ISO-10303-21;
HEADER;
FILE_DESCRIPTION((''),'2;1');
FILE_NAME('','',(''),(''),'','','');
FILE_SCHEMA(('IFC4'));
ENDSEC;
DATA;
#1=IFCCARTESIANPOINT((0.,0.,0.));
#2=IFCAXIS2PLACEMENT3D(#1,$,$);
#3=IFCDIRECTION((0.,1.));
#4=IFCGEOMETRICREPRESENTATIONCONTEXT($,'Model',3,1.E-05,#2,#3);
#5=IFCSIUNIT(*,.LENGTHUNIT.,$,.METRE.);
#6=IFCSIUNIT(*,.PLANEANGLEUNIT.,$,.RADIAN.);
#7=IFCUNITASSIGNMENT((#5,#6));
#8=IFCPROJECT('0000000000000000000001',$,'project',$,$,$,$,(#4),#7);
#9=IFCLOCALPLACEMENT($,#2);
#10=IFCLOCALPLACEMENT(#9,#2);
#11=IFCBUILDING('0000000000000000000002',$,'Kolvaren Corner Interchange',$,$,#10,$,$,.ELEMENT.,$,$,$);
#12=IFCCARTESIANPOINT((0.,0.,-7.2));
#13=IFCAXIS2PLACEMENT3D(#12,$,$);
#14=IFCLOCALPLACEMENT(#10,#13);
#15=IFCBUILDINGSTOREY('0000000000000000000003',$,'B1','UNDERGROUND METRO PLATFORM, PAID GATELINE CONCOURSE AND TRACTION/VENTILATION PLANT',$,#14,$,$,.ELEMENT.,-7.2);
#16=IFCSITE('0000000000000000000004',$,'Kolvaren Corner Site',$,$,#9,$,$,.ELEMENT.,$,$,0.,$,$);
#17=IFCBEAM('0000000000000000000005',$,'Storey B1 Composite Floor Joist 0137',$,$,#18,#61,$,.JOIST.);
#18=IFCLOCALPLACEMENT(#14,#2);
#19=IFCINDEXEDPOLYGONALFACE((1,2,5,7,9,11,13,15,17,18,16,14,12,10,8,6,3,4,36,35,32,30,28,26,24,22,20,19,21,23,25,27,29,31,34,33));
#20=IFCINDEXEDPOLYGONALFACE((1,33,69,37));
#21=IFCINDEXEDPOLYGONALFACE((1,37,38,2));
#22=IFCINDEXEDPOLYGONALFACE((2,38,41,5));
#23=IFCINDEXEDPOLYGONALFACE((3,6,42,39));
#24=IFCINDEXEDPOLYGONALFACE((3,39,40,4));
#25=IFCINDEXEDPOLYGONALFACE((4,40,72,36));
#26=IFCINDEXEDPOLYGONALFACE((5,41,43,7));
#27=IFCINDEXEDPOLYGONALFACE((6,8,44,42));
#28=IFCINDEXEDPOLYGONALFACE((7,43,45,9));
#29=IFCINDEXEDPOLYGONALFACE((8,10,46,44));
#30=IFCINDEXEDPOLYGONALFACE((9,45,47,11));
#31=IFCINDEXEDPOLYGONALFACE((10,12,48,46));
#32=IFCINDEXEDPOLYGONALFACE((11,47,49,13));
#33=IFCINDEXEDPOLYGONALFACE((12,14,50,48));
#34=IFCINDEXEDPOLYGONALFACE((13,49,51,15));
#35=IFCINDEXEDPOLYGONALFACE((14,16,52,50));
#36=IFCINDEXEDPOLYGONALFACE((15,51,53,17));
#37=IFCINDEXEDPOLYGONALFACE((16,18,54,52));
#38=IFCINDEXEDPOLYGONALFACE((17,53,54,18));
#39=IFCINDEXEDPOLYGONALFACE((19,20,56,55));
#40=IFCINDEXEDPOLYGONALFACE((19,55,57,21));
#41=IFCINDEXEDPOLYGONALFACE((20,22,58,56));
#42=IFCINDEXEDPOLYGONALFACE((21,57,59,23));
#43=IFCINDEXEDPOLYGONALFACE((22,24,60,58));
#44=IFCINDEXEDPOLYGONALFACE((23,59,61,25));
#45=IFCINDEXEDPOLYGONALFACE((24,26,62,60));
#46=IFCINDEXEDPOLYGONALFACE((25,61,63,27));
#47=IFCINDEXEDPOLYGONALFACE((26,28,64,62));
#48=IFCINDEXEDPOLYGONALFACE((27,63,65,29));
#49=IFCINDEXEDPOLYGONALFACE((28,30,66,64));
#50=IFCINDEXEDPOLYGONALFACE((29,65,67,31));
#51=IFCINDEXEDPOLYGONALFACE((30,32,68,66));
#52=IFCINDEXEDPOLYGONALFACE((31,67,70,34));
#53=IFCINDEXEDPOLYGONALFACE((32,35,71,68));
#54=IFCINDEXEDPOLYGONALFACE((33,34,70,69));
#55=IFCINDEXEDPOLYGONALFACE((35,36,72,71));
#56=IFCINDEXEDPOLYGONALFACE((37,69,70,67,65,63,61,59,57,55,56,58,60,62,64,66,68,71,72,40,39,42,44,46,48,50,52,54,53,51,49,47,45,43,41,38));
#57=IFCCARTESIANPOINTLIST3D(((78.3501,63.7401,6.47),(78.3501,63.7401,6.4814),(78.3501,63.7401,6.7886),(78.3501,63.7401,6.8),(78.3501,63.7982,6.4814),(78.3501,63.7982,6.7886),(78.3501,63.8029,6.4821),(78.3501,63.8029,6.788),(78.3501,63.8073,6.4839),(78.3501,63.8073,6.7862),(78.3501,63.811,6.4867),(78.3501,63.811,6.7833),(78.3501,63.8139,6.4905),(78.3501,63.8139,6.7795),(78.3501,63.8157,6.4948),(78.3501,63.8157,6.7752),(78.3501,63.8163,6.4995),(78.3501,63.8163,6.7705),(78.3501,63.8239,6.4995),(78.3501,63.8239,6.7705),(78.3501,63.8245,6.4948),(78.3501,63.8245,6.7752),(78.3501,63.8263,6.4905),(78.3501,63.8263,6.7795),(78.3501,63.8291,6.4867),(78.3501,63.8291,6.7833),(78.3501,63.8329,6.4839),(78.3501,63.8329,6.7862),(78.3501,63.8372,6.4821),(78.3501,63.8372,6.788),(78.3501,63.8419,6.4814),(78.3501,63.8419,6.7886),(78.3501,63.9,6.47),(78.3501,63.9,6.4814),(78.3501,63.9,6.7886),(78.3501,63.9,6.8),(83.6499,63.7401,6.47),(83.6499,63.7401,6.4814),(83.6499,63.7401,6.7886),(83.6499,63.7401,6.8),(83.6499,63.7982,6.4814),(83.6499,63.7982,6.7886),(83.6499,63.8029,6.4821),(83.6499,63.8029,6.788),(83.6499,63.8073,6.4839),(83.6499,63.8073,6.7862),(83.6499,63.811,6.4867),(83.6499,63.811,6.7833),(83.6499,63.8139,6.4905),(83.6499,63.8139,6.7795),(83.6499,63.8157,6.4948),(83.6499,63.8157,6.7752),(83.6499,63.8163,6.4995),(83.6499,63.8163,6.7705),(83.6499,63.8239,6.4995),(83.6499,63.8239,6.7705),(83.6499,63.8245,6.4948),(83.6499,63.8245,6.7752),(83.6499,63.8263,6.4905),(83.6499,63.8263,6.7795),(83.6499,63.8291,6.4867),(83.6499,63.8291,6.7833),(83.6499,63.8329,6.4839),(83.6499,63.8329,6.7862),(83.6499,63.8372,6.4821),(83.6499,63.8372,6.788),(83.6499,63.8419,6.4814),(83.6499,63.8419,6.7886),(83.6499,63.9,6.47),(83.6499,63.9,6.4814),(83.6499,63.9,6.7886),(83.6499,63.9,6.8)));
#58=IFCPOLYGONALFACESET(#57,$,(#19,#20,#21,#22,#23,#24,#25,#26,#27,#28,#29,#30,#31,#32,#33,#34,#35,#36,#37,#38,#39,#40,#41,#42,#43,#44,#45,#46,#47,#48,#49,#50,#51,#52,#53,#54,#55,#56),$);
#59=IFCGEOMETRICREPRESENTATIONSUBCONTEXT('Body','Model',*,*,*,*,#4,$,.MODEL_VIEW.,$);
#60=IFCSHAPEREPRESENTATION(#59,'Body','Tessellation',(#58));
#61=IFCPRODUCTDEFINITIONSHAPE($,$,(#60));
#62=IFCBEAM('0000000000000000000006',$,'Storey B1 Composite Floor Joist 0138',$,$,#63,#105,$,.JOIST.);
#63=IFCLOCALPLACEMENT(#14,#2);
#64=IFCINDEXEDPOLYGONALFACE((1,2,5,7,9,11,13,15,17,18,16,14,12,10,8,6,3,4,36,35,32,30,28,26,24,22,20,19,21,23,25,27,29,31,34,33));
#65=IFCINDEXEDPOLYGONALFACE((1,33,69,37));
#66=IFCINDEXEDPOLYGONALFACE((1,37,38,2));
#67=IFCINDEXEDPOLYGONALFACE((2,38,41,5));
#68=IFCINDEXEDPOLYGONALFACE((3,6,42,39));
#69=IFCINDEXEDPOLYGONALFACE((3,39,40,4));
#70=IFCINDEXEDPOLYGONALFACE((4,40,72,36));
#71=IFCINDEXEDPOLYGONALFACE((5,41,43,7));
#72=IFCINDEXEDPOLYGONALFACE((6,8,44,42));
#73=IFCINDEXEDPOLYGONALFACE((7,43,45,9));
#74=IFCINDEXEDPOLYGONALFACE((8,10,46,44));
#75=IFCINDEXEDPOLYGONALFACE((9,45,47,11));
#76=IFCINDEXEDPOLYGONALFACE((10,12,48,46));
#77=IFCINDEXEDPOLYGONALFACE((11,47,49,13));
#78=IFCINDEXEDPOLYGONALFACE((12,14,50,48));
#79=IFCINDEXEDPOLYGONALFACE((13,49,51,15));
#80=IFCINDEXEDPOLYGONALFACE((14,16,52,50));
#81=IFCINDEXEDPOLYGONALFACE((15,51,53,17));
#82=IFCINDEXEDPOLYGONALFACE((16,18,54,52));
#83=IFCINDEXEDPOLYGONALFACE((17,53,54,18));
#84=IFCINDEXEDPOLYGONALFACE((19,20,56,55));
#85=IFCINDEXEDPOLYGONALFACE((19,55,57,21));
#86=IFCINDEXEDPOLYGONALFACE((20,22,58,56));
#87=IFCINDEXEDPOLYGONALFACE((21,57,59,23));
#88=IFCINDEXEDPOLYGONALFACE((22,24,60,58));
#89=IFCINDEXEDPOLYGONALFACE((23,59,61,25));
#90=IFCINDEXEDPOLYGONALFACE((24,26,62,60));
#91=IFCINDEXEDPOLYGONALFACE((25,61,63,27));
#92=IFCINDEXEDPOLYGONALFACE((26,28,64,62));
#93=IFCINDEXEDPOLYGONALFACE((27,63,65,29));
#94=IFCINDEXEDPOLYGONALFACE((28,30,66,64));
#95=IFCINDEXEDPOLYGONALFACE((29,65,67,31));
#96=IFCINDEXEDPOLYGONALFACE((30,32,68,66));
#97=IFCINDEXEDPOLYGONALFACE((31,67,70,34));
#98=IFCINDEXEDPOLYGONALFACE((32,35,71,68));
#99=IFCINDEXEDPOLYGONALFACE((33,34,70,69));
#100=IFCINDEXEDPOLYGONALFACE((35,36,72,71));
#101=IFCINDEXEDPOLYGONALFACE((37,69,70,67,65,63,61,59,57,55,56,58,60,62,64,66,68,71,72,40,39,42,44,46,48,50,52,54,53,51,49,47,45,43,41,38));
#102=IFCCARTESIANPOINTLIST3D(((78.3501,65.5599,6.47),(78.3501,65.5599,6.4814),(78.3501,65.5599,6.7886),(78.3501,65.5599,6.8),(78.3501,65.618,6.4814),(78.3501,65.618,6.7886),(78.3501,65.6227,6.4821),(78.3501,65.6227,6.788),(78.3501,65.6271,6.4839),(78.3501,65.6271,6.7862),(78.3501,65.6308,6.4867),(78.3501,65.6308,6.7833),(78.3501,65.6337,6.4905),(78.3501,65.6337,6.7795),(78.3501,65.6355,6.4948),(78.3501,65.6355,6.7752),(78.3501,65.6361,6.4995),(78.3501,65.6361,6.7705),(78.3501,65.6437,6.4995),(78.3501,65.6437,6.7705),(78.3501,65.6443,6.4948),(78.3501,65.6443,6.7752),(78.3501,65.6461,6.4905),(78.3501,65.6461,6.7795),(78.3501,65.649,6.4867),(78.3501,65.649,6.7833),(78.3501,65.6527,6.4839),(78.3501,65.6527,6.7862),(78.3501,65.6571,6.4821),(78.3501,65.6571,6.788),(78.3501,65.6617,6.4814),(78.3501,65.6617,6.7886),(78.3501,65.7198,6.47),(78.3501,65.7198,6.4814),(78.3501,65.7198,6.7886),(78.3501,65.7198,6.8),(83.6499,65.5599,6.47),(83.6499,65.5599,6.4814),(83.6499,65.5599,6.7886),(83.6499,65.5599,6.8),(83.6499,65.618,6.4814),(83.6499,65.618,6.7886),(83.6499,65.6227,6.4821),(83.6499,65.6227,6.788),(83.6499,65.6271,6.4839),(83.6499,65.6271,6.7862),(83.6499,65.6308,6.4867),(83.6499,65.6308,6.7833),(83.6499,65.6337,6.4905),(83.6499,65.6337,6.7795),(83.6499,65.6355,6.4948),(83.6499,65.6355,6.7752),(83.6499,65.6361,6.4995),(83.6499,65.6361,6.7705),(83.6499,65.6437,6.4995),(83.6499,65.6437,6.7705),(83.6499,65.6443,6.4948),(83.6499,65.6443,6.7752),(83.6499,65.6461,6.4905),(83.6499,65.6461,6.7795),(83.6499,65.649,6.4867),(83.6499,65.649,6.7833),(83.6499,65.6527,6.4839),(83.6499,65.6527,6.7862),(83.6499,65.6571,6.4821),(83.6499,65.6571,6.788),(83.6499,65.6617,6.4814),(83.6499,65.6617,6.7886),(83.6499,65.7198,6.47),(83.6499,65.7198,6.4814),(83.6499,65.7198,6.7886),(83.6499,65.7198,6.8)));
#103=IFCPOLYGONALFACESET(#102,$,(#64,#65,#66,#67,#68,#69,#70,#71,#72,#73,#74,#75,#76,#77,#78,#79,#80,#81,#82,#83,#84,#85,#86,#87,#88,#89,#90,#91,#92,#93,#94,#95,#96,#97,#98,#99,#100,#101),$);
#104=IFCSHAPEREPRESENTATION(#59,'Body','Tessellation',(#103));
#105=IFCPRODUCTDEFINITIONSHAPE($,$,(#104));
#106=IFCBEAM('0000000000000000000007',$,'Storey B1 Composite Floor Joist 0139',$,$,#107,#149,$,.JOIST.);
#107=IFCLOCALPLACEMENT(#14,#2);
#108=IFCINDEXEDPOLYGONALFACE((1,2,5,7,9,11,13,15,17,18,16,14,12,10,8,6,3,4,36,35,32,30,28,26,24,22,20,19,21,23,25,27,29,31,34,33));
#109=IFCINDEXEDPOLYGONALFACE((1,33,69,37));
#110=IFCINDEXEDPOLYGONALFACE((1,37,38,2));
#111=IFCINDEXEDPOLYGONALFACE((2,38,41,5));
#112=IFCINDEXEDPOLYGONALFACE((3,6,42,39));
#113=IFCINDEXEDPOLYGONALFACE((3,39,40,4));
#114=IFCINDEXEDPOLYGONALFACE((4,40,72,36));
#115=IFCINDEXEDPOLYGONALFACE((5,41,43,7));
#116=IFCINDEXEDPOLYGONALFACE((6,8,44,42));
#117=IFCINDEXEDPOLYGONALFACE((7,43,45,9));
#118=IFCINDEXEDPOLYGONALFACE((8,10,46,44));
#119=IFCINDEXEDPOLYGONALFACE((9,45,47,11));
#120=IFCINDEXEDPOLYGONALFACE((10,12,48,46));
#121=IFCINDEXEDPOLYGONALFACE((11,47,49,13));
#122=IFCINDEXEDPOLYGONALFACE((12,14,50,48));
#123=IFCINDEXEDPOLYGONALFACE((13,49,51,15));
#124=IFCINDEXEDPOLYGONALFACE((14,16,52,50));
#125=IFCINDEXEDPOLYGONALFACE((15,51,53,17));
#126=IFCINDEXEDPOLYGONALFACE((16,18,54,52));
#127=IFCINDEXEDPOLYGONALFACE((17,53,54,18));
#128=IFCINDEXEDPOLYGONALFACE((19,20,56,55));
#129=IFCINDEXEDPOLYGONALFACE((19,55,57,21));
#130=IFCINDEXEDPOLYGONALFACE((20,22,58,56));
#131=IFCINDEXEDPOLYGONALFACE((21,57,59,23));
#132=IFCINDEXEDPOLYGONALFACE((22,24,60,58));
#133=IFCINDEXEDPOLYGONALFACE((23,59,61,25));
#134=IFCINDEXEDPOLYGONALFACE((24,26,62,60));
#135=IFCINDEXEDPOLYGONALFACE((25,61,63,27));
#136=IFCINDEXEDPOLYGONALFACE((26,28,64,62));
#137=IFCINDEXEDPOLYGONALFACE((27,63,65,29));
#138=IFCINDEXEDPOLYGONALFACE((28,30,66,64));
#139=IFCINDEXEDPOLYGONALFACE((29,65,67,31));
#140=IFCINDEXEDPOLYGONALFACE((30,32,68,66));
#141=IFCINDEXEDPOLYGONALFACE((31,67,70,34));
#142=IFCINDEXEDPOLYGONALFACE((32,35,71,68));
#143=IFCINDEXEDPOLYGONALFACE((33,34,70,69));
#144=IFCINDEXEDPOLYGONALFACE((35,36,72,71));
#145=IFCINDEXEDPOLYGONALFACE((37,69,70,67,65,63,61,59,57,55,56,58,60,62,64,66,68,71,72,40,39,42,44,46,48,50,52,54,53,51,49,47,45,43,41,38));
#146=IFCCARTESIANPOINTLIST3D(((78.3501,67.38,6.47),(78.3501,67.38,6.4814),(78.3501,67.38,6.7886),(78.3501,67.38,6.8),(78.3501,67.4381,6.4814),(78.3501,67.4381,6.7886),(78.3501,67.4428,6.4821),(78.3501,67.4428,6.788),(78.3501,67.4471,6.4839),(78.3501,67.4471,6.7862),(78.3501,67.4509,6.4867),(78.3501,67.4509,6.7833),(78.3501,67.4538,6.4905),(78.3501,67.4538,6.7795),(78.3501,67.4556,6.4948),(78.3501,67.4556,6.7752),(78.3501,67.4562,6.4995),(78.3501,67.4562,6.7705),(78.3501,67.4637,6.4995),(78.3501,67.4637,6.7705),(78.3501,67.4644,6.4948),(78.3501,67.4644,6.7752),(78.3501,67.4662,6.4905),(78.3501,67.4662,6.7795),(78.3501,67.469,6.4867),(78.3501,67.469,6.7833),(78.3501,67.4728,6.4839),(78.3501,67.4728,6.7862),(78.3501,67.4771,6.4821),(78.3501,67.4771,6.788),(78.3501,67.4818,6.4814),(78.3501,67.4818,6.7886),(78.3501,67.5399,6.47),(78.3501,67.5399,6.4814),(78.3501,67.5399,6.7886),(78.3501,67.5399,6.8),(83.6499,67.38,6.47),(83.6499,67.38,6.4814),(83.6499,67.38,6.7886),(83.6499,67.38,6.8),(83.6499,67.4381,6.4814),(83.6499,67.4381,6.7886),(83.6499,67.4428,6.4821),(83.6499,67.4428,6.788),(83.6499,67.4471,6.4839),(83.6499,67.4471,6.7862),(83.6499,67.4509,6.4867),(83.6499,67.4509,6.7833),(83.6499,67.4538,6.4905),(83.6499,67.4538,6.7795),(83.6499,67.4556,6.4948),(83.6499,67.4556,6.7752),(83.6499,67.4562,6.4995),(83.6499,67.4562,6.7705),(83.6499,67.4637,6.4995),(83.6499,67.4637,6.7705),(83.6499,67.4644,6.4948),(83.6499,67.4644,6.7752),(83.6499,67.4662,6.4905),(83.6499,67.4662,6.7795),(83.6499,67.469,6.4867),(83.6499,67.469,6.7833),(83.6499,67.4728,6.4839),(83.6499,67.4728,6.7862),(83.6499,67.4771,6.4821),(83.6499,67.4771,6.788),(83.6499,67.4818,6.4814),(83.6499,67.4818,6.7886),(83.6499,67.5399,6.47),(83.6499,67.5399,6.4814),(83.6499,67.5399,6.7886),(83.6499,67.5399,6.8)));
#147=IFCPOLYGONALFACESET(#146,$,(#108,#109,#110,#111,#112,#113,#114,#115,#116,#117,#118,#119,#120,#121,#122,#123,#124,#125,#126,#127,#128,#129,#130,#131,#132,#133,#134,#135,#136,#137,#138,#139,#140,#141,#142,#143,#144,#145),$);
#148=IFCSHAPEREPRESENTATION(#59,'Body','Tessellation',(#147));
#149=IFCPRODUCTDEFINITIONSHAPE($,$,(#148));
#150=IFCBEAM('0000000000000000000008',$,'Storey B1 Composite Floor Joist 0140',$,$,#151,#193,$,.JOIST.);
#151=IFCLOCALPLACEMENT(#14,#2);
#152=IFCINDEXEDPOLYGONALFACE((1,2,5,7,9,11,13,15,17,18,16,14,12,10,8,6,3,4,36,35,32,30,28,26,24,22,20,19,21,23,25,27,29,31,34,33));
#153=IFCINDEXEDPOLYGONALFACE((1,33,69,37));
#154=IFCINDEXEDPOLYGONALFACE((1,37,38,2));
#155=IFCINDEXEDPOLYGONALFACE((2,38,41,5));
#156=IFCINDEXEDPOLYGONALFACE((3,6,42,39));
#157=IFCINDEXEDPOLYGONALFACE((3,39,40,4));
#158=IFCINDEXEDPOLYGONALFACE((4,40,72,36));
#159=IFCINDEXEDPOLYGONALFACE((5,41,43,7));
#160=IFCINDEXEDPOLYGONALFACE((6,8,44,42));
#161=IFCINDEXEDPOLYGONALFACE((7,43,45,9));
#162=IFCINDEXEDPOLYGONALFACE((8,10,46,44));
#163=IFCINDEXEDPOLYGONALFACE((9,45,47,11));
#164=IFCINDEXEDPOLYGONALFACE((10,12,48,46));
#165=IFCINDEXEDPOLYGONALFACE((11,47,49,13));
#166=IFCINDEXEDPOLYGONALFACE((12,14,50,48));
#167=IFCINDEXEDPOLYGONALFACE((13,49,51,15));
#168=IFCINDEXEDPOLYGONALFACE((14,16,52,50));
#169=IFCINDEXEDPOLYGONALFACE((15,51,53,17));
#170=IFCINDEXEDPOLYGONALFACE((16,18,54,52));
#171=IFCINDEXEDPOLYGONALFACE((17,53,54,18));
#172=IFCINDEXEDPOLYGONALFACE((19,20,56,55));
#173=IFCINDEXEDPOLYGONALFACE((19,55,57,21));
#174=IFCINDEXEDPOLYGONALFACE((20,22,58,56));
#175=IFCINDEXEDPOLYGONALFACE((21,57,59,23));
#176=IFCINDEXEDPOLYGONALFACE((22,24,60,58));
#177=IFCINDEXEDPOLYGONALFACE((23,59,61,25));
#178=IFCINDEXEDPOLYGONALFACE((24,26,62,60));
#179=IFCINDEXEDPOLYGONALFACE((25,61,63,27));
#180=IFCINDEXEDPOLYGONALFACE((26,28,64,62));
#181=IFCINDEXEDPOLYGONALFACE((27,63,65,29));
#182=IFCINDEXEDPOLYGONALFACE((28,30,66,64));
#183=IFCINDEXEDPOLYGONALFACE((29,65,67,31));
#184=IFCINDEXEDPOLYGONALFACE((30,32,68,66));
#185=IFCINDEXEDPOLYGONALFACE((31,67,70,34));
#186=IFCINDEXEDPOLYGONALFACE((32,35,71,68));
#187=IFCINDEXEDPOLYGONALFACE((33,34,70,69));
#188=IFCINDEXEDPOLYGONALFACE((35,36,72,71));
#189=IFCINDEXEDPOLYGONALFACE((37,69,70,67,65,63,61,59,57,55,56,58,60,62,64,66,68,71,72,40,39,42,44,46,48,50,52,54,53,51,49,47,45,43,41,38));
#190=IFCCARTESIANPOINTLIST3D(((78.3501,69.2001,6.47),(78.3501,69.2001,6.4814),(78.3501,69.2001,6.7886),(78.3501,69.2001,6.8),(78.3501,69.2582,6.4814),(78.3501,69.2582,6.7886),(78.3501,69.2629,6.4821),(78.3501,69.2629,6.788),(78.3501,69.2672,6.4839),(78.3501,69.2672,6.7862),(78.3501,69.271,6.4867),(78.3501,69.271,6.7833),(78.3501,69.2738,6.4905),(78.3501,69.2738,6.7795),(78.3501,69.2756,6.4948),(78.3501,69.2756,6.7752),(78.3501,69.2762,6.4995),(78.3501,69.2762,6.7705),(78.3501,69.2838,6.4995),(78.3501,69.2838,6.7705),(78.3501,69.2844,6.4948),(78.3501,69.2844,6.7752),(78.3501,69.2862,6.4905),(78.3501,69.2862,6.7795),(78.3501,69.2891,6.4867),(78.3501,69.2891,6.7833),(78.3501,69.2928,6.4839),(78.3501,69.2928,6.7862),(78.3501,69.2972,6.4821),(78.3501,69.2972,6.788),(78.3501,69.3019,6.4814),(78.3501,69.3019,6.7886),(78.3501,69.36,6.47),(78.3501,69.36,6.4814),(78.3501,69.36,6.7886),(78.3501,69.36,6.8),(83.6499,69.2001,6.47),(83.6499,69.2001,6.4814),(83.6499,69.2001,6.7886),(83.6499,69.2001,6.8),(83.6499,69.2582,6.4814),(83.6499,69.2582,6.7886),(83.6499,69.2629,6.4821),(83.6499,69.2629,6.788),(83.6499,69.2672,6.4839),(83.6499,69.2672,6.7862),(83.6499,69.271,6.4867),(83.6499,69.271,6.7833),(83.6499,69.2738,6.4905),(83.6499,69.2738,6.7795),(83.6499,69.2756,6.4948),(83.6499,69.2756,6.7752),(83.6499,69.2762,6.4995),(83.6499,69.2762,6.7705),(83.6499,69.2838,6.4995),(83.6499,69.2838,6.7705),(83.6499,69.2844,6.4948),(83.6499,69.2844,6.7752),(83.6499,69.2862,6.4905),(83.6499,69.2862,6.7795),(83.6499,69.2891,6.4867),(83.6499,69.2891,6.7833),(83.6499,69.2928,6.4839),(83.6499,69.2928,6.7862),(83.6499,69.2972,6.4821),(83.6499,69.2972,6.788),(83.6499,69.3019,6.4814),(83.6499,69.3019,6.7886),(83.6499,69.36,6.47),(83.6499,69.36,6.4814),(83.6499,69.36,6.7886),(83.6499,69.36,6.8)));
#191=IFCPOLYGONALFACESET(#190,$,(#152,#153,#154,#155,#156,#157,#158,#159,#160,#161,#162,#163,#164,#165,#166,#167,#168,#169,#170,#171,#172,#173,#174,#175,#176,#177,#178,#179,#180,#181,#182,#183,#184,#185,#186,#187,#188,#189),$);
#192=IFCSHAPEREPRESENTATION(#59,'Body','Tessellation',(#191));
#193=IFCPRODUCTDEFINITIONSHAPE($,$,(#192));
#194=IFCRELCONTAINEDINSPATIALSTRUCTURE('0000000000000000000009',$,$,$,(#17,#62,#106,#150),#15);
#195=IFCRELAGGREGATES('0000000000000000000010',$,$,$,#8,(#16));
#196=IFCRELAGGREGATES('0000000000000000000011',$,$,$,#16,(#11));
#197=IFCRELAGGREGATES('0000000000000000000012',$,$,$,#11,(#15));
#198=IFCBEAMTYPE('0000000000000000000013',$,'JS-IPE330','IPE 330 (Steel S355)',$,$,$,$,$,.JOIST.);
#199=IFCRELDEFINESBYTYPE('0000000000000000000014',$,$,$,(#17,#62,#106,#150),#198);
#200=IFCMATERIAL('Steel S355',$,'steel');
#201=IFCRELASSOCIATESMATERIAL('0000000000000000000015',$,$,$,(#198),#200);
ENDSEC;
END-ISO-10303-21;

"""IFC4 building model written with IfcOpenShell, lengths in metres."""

from ifc_helpers import new_model, si_unit, direction, frame, origin, origin_2d, place, context, subcontext, project, spatial, i_section, extrude, material, material_profile, profile_set, type_object, element, save


model = new_model("IFC4")

# Units and contexts
model_context = context("Model", 3, precision=1e-05, world=origin(), true_north=direction((0.0, 1.0)))
body_context = subcontext(model_context, "Body", "Model", "MODEL_VIEW")
ifc_project = project(units=[si_unit("LENGTHUNIT", "METRE"), si_unit("PLANEANGLEUNIT", "RADIAN")], contexts=[model_context])

# Site, building, storey
site_placement = place(None, origin())
site = spatial("IfcSite", under=ifc_project, at=site_placement, Name="Kolvaren Corner Site", CompositionType="ELEMENT", RefElevation=0.0)
building_placement = place(site_placement, origin())
building = spatial("IfcBuilding", under=site, at=building_placement, Name="Kolvaren Corner Interchange", CompositionType="ELEMENT")
storey_placement = place(building_placement, frame((0.0, 0.0, -7.2)))
storey = spatial("IfcBuildingStorey", under=building, at=storey_placement, Name="B1", Description="UNDERGROUND METRO PLATFORM, PAID GATELINE CONCOURSE AND TRACTION/VENTILATION PLANT", CompositionType="ELEMENT", Elevation=-7.2)

# Beams
ifc_material_1 = material(Name="Steel S355", Category="steel")
ifc_material_profile_1 = material_profile(ifc_material_1, i_section(OverallWidth=0.1599, OverallDepth=0.3301, WebThickness=0.0076, FlangeThickness=0.0115, FilletRadius=0.0181, at=origin_2d()), Name="IPE 330")
ifc_profile_set_1 = profile_set([ifc_material_profile_1], Name="Steel S355")
beam_type_1 = type_object("IfcBeamType", Name="JS-IPE330", Description="IPE 330 (Steel S355)", PredefinedType="JOIST", material=ifc_profile_set_1)
for number, where, z_axis, x_axis, name in (
    (1, (78.3501, 63.8201, 6.635), (1.0, 0.0, 0.0), (0.0, 1.0, 0.0), "Storey B1 Composite Floor Joist 0137"),
    (2, (78.3501, 65.6399, 6.635), (1.0, 0.0, 0.0), (0.0, 1.0, 0.0), "Storey B1 Composite Floor Joist 0138"),
    (3, (78.3501, 67.46, 6.635), (1.0, 0.0, 0.0), (0.0, 1.0, 0.0), "Storey B1 Composite Floor Joist 0139"),
    (4, (78.3501, 69.28, 6.635), (1.0, 0.0, 0.0), (0.0, 1.0, 0.0), "Storey B1 Composite Floor Joist 0140"),
):
    element("IfcBeam", number, at=place(storey_placement, frame(where, z_axis=z_axis, x_axis=x_axis)), inside=storey, type_object=beam_type_1, Name=name, PredefinedType="JOIST", context=body_context, shape_type="SweptSolid", body=[
        extrude(i_section(OverallWidth=0.1599, OverallDepth=0.3301, WebThickness=0.0076, FlangeThickness=0.0115, FilletRadius=0.0181, at=origin_2d()), origin(), (0.0, 0.0, 1.0), 5.2998),
    ])

save(model, "model.ifc")
